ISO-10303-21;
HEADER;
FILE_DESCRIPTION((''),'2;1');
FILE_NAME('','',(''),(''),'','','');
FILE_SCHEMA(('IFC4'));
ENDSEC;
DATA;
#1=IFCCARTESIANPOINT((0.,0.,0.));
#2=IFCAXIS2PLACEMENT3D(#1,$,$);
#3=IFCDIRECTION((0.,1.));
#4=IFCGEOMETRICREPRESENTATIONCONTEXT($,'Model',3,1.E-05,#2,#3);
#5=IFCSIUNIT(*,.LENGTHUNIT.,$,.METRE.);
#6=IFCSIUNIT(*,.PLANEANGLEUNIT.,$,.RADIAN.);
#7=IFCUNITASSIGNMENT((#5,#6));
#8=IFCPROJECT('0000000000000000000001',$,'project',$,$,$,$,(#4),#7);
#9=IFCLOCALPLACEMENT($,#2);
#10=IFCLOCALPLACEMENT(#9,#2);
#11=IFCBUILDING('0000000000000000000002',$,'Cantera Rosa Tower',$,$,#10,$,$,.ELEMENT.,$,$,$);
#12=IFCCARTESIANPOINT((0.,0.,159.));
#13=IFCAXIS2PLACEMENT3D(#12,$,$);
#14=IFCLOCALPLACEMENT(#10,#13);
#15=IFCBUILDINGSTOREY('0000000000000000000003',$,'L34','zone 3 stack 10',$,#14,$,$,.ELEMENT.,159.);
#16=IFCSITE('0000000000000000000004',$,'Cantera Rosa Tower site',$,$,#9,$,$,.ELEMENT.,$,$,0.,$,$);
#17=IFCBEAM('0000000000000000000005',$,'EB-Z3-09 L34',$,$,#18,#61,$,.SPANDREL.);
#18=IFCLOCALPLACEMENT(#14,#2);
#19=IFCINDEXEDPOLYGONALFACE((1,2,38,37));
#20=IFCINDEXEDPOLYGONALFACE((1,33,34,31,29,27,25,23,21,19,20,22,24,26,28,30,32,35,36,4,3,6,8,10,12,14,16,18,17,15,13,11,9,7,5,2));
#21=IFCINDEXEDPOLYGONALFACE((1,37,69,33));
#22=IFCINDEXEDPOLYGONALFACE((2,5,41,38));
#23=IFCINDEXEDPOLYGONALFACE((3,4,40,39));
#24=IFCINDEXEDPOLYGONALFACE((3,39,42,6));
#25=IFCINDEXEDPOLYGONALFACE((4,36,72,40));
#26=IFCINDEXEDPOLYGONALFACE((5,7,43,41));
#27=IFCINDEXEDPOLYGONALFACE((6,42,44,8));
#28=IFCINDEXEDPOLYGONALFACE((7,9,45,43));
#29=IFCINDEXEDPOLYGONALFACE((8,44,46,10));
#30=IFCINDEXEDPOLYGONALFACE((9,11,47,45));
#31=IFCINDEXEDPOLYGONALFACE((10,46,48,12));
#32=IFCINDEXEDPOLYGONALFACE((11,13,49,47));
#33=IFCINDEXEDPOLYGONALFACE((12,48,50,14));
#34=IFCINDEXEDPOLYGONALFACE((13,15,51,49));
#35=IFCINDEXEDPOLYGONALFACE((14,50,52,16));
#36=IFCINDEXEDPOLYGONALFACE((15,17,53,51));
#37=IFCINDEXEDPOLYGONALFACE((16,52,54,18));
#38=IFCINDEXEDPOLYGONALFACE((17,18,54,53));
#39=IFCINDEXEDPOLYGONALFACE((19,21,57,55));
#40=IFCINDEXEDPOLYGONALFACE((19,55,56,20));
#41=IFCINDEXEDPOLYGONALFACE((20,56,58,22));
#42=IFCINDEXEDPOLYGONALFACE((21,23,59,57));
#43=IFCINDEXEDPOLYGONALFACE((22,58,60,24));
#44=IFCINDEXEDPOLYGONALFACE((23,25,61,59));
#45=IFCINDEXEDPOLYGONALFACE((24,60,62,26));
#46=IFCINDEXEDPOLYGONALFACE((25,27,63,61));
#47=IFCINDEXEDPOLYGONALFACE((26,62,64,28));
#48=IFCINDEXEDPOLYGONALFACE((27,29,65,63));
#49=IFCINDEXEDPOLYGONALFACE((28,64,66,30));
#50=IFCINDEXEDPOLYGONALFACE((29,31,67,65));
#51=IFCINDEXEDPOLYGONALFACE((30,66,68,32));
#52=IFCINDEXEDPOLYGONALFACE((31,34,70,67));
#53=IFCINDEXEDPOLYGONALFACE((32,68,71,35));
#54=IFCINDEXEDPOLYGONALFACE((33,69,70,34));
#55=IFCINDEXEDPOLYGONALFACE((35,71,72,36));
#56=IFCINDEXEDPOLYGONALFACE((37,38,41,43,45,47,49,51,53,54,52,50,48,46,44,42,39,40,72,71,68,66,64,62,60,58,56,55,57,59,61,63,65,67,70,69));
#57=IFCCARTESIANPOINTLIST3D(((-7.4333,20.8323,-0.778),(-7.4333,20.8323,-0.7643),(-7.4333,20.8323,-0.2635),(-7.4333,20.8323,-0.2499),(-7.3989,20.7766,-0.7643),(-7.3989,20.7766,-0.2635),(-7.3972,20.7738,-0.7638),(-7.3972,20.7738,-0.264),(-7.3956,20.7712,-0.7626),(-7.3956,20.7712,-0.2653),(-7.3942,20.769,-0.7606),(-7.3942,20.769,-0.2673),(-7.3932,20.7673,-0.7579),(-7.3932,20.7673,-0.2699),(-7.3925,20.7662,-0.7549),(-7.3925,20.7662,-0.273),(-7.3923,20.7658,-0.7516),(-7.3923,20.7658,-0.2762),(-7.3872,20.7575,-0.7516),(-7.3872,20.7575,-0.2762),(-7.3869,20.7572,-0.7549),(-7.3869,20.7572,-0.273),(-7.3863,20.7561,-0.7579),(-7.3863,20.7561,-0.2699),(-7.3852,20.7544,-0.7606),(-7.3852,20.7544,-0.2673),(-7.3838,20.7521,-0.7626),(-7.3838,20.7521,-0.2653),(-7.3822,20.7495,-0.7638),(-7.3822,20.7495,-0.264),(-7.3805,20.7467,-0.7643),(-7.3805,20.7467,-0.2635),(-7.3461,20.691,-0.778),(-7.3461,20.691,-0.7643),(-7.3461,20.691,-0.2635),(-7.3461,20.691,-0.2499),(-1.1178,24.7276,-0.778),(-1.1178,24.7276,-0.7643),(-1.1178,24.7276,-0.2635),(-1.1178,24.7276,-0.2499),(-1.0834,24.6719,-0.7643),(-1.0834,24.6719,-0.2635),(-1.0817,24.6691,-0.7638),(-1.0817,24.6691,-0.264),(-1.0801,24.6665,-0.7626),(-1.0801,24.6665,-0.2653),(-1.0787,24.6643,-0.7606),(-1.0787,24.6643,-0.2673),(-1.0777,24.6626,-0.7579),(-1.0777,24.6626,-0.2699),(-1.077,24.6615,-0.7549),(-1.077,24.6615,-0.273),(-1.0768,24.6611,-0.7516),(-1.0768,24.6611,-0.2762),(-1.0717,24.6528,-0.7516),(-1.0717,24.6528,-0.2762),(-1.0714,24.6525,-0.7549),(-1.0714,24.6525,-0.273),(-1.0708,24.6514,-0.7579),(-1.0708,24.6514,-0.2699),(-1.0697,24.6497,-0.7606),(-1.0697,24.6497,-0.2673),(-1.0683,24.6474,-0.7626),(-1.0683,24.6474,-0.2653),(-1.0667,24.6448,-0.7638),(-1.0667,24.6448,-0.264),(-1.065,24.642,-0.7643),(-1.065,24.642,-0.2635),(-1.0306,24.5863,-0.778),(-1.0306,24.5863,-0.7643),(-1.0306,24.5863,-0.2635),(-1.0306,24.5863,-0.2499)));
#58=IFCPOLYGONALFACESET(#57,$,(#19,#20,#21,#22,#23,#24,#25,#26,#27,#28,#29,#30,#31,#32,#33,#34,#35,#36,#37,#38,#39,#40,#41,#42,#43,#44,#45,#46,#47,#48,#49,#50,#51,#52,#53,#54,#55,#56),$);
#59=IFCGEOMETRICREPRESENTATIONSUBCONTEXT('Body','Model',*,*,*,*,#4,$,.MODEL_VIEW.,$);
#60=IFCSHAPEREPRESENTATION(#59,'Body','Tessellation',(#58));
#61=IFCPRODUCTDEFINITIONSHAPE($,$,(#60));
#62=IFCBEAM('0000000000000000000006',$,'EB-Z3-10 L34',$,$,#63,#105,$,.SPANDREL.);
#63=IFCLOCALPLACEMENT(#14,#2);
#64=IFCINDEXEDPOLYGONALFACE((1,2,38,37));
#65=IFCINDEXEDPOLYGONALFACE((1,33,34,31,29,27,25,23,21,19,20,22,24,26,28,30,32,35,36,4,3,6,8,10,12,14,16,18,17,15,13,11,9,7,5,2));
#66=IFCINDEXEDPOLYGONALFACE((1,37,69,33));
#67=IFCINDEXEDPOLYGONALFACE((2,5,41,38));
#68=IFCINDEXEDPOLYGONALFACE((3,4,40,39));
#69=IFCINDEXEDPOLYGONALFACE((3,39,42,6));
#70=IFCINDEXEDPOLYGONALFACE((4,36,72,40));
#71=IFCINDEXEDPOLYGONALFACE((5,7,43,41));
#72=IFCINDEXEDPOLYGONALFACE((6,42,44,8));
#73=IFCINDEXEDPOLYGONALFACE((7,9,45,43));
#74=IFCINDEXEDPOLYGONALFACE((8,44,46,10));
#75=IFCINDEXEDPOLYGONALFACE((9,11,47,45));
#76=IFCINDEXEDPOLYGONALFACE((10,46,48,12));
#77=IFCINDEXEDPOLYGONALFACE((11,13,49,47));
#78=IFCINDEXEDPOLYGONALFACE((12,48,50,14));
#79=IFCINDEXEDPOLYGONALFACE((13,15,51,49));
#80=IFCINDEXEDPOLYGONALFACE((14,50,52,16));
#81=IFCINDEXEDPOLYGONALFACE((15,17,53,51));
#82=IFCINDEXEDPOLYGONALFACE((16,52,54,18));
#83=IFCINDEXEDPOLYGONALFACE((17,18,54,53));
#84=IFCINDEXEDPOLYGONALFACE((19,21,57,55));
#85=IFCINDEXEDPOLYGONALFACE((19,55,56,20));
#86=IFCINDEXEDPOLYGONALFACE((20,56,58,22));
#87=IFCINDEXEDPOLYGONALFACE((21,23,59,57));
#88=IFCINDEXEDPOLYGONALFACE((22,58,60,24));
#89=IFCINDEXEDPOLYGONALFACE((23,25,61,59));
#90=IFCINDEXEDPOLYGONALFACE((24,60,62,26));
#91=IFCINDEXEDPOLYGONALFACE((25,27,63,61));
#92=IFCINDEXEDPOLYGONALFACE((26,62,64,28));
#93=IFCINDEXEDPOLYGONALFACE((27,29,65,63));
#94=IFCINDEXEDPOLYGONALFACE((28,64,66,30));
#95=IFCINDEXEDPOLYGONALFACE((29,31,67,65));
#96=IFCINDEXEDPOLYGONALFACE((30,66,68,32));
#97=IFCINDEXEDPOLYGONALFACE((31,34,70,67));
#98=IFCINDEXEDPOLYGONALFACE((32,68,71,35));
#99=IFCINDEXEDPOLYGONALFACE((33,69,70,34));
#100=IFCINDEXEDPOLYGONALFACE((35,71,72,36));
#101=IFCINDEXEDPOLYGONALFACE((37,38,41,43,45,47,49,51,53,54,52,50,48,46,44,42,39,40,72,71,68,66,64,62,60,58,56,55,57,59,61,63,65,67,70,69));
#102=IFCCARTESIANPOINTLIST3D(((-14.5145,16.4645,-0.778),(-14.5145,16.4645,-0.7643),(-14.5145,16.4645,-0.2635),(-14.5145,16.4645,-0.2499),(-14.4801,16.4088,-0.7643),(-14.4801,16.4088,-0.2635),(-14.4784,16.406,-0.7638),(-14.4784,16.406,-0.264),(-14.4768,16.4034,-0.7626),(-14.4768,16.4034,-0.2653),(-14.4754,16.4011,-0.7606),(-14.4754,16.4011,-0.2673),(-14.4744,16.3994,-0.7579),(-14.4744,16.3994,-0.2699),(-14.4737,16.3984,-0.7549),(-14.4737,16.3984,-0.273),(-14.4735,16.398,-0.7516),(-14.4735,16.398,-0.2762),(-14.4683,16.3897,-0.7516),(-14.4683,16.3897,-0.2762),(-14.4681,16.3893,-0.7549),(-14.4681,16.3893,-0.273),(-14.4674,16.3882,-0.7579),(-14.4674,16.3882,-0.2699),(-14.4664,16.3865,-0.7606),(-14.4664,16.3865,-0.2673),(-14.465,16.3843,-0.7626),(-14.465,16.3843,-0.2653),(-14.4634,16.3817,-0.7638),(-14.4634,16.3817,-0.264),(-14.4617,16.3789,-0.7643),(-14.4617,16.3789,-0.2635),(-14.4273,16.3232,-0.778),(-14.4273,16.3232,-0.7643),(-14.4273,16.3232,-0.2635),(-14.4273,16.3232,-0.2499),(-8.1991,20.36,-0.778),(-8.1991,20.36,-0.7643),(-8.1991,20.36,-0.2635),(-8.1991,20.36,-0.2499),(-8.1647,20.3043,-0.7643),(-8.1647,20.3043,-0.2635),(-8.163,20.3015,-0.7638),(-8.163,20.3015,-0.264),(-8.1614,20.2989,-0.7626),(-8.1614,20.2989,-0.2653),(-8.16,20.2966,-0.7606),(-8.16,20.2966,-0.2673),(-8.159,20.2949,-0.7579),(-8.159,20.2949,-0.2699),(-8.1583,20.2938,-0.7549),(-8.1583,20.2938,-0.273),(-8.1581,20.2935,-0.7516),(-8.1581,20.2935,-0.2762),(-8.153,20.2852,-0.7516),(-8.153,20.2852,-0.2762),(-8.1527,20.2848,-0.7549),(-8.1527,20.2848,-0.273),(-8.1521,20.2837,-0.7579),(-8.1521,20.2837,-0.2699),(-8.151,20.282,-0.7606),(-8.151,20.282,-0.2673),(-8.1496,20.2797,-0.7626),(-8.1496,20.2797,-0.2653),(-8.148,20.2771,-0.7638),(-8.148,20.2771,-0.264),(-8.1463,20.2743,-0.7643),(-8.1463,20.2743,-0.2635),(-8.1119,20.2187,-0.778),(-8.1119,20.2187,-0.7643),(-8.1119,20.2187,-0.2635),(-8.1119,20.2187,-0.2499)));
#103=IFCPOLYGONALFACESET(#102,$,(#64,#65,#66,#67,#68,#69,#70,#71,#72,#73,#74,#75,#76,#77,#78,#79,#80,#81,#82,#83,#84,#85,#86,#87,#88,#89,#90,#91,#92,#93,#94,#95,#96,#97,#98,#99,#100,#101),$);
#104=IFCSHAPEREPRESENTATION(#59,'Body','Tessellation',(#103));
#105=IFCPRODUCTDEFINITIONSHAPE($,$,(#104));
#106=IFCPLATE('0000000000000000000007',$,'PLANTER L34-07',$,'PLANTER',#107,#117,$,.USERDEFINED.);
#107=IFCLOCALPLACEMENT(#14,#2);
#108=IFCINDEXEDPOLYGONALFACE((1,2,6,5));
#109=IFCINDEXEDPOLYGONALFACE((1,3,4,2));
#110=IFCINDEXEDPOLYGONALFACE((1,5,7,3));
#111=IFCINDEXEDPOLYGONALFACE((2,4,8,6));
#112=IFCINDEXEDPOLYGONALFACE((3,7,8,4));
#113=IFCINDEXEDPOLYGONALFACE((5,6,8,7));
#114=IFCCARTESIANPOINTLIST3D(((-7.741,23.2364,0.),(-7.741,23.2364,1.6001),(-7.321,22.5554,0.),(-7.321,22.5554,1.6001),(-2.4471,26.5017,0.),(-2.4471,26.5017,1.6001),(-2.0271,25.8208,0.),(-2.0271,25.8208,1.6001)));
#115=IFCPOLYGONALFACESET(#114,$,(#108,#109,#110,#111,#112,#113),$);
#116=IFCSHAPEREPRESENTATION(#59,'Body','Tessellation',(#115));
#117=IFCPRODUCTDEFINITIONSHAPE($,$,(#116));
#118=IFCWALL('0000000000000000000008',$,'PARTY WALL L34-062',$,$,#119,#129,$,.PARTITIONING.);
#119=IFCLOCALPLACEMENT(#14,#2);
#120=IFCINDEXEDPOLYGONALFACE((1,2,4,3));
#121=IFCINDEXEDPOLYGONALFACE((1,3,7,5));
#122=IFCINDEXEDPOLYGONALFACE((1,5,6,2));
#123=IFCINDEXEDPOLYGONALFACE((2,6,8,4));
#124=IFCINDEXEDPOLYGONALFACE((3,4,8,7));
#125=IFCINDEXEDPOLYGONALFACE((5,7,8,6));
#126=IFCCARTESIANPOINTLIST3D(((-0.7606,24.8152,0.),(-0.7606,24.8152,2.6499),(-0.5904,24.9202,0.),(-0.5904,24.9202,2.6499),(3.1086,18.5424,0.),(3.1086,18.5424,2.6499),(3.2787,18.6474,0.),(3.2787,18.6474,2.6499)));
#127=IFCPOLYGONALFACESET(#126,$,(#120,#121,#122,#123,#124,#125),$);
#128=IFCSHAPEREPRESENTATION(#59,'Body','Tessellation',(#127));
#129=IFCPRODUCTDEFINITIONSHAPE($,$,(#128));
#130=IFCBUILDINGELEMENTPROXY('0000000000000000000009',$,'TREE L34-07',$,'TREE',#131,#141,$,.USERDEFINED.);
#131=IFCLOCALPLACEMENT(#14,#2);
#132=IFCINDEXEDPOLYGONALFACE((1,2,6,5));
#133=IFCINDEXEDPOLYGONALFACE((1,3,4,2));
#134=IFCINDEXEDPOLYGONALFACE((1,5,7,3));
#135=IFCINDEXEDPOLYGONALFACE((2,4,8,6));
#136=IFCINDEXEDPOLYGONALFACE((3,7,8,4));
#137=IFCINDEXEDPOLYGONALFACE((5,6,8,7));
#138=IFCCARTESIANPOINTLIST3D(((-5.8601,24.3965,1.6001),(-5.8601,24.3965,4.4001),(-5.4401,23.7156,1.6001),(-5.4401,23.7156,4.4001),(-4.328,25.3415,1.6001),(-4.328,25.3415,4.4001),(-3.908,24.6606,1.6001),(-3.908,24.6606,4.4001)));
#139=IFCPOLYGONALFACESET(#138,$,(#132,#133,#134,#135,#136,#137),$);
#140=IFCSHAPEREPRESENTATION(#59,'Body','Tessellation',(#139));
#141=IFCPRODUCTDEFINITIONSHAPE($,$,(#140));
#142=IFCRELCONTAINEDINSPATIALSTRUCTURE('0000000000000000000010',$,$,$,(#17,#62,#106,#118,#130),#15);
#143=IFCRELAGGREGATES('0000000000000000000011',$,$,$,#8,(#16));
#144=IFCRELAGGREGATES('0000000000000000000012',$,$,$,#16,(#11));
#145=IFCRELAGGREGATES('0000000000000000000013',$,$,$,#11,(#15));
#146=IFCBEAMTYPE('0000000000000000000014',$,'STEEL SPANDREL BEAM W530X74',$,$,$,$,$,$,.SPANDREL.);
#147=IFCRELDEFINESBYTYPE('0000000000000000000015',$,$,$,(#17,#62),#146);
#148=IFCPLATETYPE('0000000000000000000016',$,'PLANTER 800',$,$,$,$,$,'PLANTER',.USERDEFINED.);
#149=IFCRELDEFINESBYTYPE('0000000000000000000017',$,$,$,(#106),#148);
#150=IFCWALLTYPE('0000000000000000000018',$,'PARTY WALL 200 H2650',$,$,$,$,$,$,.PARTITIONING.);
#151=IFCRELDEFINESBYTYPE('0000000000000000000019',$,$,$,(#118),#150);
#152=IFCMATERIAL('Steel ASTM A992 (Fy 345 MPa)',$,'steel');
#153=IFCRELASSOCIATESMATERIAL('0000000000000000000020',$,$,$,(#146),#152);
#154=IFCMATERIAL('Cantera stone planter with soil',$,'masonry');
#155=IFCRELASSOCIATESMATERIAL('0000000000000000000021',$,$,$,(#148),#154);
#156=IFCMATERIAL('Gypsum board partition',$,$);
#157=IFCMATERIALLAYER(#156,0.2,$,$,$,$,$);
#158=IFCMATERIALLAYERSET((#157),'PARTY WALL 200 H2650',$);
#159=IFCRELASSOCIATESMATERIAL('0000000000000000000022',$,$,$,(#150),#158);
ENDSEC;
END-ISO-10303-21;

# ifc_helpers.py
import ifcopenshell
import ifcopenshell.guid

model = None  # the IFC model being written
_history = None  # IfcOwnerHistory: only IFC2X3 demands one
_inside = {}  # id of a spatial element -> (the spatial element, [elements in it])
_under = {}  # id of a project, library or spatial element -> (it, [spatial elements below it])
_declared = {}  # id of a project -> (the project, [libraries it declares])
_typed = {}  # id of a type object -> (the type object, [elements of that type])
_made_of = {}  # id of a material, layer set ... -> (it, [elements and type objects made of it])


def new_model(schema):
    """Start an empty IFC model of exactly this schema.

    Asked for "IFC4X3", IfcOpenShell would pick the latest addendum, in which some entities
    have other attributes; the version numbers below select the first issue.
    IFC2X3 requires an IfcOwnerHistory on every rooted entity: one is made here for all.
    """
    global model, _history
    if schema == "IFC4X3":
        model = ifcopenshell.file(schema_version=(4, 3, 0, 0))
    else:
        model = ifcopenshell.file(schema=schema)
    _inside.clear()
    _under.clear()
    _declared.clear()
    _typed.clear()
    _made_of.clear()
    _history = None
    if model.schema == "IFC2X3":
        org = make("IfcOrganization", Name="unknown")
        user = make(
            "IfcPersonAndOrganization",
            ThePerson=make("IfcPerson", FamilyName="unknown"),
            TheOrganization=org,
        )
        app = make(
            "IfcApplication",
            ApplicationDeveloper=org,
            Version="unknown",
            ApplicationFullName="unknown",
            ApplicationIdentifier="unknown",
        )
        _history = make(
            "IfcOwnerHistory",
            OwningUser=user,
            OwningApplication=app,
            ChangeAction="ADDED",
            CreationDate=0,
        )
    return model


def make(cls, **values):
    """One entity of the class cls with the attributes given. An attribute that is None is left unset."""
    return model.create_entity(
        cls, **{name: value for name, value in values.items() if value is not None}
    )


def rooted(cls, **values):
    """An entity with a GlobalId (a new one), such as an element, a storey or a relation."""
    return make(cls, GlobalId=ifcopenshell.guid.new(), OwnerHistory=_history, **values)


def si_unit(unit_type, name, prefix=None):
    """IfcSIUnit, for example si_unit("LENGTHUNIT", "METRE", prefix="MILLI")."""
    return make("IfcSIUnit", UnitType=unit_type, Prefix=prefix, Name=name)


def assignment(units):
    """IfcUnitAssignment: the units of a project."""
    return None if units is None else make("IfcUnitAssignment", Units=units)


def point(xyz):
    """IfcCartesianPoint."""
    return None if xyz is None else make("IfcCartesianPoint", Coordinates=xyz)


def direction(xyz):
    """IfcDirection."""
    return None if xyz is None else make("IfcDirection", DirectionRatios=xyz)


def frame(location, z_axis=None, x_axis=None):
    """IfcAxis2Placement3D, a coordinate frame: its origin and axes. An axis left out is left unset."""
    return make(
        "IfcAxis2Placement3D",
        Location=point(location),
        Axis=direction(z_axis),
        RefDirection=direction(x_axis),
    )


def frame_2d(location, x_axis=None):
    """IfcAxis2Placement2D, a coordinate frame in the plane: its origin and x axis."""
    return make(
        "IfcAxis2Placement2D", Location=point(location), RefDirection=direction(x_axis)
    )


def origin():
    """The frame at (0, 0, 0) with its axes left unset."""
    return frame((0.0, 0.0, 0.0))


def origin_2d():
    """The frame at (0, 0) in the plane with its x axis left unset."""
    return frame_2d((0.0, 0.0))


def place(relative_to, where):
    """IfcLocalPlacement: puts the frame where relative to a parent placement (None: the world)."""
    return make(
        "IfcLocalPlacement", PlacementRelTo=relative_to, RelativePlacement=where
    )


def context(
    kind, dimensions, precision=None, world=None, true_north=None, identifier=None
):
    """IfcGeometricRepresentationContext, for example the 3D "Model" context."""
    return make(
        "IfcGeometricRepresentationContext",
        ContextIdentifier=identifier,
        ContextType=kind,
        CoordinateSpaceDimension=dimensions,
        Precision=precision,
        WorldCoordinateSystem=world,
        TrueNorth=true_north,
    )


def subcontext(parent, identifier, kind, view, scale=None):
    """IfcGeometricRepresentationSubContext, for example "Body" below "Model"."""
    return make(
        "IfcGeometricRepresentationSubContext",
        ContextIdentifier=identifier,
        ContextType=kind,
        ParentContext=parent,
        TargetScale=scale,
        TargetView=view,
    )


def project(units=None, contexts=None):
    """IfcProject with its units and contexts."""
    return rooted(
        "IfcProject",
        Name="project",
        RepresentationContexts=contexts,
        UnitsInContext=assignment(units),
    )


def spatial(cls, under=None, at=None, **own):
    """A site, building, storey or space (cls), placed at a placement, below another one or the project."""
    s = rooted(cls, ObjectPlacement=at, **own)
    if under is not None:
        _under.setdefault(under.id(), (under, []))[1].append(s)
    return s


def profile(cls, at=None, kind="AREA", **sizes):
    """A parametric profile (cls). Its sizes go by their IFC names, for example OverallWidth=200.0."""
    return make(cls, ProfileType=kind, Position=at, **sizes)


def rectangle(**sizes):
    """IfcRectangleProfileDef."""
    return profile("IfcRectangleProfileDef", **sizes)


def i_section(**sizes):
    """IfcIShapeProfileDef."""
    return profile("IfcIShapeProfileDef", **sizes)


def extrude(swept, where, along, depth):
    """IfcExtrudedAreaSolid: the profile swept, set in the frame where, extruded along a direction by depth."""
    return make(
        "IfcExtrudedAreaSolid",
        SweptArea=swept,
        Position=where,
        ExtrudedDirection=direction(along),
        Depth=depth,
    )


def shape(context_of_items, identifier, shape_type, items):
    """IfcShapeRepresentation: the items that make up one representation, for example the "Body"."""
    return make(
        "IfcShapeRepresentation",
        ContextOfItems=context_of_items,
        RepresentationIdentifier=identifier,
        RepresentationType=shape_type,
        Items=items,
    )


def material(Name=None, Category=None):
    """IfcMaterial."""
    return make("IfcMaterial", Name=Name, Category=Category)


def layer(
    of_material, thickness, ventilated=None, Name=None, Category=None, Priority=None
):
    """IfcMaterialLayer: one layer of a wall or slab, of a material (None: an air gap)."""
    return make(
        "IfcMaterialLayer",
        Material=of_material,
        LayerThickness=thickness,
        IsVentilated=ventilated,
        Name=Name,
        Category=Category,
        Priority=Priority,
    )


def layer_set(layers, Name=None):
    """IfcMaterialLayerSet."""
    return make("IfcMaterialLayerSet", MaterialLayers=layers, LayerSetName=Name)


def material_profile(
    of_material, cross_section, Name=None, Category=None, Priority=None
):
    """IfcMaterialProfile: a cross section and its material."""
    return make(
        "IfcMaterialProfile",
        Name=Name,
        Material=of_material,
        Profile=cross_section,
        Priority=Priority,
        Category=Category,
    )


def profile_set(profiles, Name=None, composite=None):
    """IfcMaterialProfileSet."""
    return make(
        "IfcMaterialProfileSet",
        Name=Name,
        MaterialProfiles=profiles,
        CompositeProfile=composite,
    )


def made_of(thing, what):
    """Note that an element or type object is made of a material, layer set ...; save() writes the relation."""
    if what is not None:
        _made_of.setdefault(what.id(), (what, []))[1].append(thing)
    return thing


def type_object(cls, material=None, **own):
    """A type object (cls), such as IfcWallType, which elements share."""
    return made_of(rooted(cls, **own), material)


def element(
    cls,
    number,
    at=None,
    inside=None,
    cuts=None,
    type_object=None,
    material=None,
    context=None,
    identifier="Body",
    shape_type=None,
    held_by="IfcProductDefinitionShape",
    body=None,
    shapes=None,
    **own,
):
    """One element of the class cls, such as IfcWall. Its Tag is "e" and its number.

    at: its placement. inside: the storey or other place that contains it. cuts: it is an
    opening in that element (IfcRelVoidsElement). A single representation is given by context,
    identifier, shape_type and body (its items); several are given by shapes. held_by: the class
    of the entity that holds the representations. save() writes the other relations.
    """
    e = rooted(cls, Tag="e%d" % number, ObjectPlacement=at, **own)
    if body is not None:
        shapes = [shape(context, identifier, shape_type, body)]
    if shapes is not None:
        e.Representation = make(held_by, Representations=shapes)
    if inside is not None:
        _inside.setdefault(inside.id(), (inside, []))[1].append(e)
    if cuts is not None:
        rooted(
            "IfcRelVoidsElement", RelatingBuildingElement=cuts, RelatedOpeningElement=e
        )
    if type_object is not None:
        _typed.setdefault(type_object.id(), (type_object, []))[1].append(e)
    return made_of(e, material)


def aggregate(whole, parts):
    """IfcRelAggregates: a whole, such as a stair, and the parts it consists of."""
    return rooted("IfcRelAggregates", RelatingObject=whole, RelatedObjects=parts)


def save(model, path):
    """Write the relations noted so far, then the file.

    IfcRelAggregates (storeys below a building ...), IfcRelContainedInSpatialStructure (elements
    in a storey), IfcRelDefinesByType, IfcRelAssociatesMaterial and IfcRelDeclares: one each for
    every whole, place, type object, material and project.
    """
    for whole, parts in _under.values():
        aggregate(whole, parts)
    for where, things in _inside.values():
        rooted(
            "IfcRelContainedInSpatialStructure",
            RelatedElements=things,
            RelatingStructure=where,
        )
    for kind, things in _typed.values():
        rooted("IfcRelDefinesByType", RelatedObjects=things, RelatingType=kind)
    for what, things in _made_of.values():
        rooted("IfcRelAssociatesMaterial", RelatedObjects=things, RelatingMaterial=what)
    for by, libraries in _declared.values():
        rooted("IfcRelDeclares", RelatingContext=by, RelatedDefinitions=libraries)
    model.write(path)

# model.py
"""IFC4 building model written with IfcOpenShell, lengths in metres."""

from ifc_helpers import new_model, si_unit, direction, frame, frame_2d, origin, origin_2d, place, context, subcontext, project, spatial, rectangle, i_section, extrude, material, layer, layer_set, material_profile, profile_set, type_object, element, save


model = new_model("IFC4")

# Units and contexts
model_context = context("Model", 3, precision=1e-05, world=origin(), true_north=direction((0.0, 1.0)))
body_context = subcontext(model_context, "Body", "Model", "MODEL_VIEW")
ifc_project = project(units=[si_unit("LENGTHUNIT", "METRE"), si_unit("PLANEANGLEUNIT", "RADIAN")], contexts=[model_context])

# Site, building, storey
site_placement = place(None, origin())
site = spatial("IfcSite", under=ifc_project, at=site_placement, Name="Cantera Rosa Tower site", CompositionType="ELEMENT", RefElevation=0.0)
building_placement = place(site_placement, origin())
building = spatial("IfcBuilding", under=site, at=building_placement, Name="Cantera Rosa Tower", CompositionType="ELEMENT")
storey_placement = place(building_placement, frame((0.0, 0.0, 159.0)))
storey = spatial("IfcBuildingStorey", under=building, at=storey_placement, Name="L34", Description="zone 3 stack 10", CompositionType="ELEMENT", Elevation=159.0)

# Beams
ifc_material_1 = material(Name="Steel ASTM A992 (Fy 345 MPa)", Category="steel")
ifc_material_profile_1 = material_profile(ifc_material_1, i_section(OverallWidth=0.166, OverallDepth=0.5281, WebThickness=0.0098, FlangeThickness=0.0137, FilletRadius=0.0127, at=origin_2d()), Name="W530X74")
ifc_profile_set_1 = profile_set([ifc_material_profile_1], Name="Steel ASTM A992 (Fy 345 MPa)")
beam_type_1 = type_object("IfcBeamType", Name="STEEL SPANDREL BEAM W530X74", PredefinedType="SPANDREL", material=ifc_profile_set_1)
for number, where, z_axis, x_axis, name in (
    (1, (-1.0742, 24.657, -0.5139), (-0.851126, -0.524962, 0.0), (0.524962, -0.851126, 0.0), "EB-Z3-09 L34"),
    (2, (-8.1555, 20.2893, -0.5139), (-0.851111, -0.524986, 0.0), (0.524986, -0.851111, 0.0), "EB-Z3-10 L34"),
):
    element("IfcBeam", number, at=place(storey_placement, frame(where, z_axis=z_axis, x_axis=x_axis)), inside=storey, type_object=beam_type_1, Name=name, PredefinedType="SPANDREL", context=body_context, shape_type="SweptSolid", body=[
        extrude(i_section(OverallWidth=0.166, OverallDepth=0.5281, WebThickness=0.0098, FlangeThickness=0.0137, FilletRadius=0.0127, at=origin_2d()), origin(), (0.0, 0.0, 1.0), 7.4202),
    ])

# Plate
ifc_material_2 = material(Name="Cantera stone planter with soil", Category="masonry")
plate_type = type_object("IfcPlateType", Name="PLANTER 800", ElementType="PLANTER", PredefinedType="USERDEFINED", material=ifc_material_2)
plate_placement = place(storey_placement, frame((-4.884, 24.5286, 0.0), z_axis=(0.0, 0.0, 1.0), x_axis=(-0.851117, -0.524977, 0.0)))
element("IfcPlate", 3, at=plate_placement, inside=storey, type_object=plate_type, Name="PLANTER L34-07", ObjectType="PLANTER", PredefinedType="USERDEFINED", context=body_context, shape_type="SweptSolid", body=[
    extrude(rectangle(XDim=6.22, YDim=0.8, at=origin_2d()), origin(), (0.0, 0.0, 1.0), 1.6001),
])

# Wall
ifc_material_3 = material(Name="Gypsum board partition")
ifc_layer_1 = layer(ifc_material_3, 0.2)
ifc_layer_set_1 = layer_set([ifc_layer_1], Name="PARTY WALL 200 H2650")
wall_type_1 = type_object("IfcWallType", Name="PARTY WALL 200 H2650", PredefinedType="PARTITIONING", material=ifc_layer_set_1)
wall_1_placement = place(storey_placement, frame((-0.6755, 24.8677, 0.0), z_axis=(0.0, 0.0, 1.0), x_axis=(0.524984, -0.851112, 0.0)))
element("IfcWall", 4, at=wall_1_placement, inside=storey, type_object=wall_type_1, Name="PARTY WALL L34-062", PredefinedType="PARTITIONING", context=body_context, shape_type="SweptSolid", body=[
    extrude(rectangle(XDim=7.3701, YDim=0.2, at=frame_2d((3.6851, 0.0))), origin(), (0.0, 0.0, 1.0), 2.6499),
])

# Building element proxy
proxy_placement = place(storey_placement, frame((-4.884, 24.5286, 1.6001), z_axis=(0.0, 0.0, 1.0), x_axis=(-0.851117, -0.524977, 0.0)))
element("IfcBuildingElementProxy", 5, at=proxy_placement, inside=storey, Name="TREE L34-07", ObjectType="TREE", PredefinedType="USERDEFINED", context=body_context, shape_type="SweptSolid", body=[
    extrude(rectangle(XDim=1.8, YDim=0.8, at=origin_2d()), origin(), (0.0, 0.0, 1.0), 2.8),
])

save(model, "model.ifc")
